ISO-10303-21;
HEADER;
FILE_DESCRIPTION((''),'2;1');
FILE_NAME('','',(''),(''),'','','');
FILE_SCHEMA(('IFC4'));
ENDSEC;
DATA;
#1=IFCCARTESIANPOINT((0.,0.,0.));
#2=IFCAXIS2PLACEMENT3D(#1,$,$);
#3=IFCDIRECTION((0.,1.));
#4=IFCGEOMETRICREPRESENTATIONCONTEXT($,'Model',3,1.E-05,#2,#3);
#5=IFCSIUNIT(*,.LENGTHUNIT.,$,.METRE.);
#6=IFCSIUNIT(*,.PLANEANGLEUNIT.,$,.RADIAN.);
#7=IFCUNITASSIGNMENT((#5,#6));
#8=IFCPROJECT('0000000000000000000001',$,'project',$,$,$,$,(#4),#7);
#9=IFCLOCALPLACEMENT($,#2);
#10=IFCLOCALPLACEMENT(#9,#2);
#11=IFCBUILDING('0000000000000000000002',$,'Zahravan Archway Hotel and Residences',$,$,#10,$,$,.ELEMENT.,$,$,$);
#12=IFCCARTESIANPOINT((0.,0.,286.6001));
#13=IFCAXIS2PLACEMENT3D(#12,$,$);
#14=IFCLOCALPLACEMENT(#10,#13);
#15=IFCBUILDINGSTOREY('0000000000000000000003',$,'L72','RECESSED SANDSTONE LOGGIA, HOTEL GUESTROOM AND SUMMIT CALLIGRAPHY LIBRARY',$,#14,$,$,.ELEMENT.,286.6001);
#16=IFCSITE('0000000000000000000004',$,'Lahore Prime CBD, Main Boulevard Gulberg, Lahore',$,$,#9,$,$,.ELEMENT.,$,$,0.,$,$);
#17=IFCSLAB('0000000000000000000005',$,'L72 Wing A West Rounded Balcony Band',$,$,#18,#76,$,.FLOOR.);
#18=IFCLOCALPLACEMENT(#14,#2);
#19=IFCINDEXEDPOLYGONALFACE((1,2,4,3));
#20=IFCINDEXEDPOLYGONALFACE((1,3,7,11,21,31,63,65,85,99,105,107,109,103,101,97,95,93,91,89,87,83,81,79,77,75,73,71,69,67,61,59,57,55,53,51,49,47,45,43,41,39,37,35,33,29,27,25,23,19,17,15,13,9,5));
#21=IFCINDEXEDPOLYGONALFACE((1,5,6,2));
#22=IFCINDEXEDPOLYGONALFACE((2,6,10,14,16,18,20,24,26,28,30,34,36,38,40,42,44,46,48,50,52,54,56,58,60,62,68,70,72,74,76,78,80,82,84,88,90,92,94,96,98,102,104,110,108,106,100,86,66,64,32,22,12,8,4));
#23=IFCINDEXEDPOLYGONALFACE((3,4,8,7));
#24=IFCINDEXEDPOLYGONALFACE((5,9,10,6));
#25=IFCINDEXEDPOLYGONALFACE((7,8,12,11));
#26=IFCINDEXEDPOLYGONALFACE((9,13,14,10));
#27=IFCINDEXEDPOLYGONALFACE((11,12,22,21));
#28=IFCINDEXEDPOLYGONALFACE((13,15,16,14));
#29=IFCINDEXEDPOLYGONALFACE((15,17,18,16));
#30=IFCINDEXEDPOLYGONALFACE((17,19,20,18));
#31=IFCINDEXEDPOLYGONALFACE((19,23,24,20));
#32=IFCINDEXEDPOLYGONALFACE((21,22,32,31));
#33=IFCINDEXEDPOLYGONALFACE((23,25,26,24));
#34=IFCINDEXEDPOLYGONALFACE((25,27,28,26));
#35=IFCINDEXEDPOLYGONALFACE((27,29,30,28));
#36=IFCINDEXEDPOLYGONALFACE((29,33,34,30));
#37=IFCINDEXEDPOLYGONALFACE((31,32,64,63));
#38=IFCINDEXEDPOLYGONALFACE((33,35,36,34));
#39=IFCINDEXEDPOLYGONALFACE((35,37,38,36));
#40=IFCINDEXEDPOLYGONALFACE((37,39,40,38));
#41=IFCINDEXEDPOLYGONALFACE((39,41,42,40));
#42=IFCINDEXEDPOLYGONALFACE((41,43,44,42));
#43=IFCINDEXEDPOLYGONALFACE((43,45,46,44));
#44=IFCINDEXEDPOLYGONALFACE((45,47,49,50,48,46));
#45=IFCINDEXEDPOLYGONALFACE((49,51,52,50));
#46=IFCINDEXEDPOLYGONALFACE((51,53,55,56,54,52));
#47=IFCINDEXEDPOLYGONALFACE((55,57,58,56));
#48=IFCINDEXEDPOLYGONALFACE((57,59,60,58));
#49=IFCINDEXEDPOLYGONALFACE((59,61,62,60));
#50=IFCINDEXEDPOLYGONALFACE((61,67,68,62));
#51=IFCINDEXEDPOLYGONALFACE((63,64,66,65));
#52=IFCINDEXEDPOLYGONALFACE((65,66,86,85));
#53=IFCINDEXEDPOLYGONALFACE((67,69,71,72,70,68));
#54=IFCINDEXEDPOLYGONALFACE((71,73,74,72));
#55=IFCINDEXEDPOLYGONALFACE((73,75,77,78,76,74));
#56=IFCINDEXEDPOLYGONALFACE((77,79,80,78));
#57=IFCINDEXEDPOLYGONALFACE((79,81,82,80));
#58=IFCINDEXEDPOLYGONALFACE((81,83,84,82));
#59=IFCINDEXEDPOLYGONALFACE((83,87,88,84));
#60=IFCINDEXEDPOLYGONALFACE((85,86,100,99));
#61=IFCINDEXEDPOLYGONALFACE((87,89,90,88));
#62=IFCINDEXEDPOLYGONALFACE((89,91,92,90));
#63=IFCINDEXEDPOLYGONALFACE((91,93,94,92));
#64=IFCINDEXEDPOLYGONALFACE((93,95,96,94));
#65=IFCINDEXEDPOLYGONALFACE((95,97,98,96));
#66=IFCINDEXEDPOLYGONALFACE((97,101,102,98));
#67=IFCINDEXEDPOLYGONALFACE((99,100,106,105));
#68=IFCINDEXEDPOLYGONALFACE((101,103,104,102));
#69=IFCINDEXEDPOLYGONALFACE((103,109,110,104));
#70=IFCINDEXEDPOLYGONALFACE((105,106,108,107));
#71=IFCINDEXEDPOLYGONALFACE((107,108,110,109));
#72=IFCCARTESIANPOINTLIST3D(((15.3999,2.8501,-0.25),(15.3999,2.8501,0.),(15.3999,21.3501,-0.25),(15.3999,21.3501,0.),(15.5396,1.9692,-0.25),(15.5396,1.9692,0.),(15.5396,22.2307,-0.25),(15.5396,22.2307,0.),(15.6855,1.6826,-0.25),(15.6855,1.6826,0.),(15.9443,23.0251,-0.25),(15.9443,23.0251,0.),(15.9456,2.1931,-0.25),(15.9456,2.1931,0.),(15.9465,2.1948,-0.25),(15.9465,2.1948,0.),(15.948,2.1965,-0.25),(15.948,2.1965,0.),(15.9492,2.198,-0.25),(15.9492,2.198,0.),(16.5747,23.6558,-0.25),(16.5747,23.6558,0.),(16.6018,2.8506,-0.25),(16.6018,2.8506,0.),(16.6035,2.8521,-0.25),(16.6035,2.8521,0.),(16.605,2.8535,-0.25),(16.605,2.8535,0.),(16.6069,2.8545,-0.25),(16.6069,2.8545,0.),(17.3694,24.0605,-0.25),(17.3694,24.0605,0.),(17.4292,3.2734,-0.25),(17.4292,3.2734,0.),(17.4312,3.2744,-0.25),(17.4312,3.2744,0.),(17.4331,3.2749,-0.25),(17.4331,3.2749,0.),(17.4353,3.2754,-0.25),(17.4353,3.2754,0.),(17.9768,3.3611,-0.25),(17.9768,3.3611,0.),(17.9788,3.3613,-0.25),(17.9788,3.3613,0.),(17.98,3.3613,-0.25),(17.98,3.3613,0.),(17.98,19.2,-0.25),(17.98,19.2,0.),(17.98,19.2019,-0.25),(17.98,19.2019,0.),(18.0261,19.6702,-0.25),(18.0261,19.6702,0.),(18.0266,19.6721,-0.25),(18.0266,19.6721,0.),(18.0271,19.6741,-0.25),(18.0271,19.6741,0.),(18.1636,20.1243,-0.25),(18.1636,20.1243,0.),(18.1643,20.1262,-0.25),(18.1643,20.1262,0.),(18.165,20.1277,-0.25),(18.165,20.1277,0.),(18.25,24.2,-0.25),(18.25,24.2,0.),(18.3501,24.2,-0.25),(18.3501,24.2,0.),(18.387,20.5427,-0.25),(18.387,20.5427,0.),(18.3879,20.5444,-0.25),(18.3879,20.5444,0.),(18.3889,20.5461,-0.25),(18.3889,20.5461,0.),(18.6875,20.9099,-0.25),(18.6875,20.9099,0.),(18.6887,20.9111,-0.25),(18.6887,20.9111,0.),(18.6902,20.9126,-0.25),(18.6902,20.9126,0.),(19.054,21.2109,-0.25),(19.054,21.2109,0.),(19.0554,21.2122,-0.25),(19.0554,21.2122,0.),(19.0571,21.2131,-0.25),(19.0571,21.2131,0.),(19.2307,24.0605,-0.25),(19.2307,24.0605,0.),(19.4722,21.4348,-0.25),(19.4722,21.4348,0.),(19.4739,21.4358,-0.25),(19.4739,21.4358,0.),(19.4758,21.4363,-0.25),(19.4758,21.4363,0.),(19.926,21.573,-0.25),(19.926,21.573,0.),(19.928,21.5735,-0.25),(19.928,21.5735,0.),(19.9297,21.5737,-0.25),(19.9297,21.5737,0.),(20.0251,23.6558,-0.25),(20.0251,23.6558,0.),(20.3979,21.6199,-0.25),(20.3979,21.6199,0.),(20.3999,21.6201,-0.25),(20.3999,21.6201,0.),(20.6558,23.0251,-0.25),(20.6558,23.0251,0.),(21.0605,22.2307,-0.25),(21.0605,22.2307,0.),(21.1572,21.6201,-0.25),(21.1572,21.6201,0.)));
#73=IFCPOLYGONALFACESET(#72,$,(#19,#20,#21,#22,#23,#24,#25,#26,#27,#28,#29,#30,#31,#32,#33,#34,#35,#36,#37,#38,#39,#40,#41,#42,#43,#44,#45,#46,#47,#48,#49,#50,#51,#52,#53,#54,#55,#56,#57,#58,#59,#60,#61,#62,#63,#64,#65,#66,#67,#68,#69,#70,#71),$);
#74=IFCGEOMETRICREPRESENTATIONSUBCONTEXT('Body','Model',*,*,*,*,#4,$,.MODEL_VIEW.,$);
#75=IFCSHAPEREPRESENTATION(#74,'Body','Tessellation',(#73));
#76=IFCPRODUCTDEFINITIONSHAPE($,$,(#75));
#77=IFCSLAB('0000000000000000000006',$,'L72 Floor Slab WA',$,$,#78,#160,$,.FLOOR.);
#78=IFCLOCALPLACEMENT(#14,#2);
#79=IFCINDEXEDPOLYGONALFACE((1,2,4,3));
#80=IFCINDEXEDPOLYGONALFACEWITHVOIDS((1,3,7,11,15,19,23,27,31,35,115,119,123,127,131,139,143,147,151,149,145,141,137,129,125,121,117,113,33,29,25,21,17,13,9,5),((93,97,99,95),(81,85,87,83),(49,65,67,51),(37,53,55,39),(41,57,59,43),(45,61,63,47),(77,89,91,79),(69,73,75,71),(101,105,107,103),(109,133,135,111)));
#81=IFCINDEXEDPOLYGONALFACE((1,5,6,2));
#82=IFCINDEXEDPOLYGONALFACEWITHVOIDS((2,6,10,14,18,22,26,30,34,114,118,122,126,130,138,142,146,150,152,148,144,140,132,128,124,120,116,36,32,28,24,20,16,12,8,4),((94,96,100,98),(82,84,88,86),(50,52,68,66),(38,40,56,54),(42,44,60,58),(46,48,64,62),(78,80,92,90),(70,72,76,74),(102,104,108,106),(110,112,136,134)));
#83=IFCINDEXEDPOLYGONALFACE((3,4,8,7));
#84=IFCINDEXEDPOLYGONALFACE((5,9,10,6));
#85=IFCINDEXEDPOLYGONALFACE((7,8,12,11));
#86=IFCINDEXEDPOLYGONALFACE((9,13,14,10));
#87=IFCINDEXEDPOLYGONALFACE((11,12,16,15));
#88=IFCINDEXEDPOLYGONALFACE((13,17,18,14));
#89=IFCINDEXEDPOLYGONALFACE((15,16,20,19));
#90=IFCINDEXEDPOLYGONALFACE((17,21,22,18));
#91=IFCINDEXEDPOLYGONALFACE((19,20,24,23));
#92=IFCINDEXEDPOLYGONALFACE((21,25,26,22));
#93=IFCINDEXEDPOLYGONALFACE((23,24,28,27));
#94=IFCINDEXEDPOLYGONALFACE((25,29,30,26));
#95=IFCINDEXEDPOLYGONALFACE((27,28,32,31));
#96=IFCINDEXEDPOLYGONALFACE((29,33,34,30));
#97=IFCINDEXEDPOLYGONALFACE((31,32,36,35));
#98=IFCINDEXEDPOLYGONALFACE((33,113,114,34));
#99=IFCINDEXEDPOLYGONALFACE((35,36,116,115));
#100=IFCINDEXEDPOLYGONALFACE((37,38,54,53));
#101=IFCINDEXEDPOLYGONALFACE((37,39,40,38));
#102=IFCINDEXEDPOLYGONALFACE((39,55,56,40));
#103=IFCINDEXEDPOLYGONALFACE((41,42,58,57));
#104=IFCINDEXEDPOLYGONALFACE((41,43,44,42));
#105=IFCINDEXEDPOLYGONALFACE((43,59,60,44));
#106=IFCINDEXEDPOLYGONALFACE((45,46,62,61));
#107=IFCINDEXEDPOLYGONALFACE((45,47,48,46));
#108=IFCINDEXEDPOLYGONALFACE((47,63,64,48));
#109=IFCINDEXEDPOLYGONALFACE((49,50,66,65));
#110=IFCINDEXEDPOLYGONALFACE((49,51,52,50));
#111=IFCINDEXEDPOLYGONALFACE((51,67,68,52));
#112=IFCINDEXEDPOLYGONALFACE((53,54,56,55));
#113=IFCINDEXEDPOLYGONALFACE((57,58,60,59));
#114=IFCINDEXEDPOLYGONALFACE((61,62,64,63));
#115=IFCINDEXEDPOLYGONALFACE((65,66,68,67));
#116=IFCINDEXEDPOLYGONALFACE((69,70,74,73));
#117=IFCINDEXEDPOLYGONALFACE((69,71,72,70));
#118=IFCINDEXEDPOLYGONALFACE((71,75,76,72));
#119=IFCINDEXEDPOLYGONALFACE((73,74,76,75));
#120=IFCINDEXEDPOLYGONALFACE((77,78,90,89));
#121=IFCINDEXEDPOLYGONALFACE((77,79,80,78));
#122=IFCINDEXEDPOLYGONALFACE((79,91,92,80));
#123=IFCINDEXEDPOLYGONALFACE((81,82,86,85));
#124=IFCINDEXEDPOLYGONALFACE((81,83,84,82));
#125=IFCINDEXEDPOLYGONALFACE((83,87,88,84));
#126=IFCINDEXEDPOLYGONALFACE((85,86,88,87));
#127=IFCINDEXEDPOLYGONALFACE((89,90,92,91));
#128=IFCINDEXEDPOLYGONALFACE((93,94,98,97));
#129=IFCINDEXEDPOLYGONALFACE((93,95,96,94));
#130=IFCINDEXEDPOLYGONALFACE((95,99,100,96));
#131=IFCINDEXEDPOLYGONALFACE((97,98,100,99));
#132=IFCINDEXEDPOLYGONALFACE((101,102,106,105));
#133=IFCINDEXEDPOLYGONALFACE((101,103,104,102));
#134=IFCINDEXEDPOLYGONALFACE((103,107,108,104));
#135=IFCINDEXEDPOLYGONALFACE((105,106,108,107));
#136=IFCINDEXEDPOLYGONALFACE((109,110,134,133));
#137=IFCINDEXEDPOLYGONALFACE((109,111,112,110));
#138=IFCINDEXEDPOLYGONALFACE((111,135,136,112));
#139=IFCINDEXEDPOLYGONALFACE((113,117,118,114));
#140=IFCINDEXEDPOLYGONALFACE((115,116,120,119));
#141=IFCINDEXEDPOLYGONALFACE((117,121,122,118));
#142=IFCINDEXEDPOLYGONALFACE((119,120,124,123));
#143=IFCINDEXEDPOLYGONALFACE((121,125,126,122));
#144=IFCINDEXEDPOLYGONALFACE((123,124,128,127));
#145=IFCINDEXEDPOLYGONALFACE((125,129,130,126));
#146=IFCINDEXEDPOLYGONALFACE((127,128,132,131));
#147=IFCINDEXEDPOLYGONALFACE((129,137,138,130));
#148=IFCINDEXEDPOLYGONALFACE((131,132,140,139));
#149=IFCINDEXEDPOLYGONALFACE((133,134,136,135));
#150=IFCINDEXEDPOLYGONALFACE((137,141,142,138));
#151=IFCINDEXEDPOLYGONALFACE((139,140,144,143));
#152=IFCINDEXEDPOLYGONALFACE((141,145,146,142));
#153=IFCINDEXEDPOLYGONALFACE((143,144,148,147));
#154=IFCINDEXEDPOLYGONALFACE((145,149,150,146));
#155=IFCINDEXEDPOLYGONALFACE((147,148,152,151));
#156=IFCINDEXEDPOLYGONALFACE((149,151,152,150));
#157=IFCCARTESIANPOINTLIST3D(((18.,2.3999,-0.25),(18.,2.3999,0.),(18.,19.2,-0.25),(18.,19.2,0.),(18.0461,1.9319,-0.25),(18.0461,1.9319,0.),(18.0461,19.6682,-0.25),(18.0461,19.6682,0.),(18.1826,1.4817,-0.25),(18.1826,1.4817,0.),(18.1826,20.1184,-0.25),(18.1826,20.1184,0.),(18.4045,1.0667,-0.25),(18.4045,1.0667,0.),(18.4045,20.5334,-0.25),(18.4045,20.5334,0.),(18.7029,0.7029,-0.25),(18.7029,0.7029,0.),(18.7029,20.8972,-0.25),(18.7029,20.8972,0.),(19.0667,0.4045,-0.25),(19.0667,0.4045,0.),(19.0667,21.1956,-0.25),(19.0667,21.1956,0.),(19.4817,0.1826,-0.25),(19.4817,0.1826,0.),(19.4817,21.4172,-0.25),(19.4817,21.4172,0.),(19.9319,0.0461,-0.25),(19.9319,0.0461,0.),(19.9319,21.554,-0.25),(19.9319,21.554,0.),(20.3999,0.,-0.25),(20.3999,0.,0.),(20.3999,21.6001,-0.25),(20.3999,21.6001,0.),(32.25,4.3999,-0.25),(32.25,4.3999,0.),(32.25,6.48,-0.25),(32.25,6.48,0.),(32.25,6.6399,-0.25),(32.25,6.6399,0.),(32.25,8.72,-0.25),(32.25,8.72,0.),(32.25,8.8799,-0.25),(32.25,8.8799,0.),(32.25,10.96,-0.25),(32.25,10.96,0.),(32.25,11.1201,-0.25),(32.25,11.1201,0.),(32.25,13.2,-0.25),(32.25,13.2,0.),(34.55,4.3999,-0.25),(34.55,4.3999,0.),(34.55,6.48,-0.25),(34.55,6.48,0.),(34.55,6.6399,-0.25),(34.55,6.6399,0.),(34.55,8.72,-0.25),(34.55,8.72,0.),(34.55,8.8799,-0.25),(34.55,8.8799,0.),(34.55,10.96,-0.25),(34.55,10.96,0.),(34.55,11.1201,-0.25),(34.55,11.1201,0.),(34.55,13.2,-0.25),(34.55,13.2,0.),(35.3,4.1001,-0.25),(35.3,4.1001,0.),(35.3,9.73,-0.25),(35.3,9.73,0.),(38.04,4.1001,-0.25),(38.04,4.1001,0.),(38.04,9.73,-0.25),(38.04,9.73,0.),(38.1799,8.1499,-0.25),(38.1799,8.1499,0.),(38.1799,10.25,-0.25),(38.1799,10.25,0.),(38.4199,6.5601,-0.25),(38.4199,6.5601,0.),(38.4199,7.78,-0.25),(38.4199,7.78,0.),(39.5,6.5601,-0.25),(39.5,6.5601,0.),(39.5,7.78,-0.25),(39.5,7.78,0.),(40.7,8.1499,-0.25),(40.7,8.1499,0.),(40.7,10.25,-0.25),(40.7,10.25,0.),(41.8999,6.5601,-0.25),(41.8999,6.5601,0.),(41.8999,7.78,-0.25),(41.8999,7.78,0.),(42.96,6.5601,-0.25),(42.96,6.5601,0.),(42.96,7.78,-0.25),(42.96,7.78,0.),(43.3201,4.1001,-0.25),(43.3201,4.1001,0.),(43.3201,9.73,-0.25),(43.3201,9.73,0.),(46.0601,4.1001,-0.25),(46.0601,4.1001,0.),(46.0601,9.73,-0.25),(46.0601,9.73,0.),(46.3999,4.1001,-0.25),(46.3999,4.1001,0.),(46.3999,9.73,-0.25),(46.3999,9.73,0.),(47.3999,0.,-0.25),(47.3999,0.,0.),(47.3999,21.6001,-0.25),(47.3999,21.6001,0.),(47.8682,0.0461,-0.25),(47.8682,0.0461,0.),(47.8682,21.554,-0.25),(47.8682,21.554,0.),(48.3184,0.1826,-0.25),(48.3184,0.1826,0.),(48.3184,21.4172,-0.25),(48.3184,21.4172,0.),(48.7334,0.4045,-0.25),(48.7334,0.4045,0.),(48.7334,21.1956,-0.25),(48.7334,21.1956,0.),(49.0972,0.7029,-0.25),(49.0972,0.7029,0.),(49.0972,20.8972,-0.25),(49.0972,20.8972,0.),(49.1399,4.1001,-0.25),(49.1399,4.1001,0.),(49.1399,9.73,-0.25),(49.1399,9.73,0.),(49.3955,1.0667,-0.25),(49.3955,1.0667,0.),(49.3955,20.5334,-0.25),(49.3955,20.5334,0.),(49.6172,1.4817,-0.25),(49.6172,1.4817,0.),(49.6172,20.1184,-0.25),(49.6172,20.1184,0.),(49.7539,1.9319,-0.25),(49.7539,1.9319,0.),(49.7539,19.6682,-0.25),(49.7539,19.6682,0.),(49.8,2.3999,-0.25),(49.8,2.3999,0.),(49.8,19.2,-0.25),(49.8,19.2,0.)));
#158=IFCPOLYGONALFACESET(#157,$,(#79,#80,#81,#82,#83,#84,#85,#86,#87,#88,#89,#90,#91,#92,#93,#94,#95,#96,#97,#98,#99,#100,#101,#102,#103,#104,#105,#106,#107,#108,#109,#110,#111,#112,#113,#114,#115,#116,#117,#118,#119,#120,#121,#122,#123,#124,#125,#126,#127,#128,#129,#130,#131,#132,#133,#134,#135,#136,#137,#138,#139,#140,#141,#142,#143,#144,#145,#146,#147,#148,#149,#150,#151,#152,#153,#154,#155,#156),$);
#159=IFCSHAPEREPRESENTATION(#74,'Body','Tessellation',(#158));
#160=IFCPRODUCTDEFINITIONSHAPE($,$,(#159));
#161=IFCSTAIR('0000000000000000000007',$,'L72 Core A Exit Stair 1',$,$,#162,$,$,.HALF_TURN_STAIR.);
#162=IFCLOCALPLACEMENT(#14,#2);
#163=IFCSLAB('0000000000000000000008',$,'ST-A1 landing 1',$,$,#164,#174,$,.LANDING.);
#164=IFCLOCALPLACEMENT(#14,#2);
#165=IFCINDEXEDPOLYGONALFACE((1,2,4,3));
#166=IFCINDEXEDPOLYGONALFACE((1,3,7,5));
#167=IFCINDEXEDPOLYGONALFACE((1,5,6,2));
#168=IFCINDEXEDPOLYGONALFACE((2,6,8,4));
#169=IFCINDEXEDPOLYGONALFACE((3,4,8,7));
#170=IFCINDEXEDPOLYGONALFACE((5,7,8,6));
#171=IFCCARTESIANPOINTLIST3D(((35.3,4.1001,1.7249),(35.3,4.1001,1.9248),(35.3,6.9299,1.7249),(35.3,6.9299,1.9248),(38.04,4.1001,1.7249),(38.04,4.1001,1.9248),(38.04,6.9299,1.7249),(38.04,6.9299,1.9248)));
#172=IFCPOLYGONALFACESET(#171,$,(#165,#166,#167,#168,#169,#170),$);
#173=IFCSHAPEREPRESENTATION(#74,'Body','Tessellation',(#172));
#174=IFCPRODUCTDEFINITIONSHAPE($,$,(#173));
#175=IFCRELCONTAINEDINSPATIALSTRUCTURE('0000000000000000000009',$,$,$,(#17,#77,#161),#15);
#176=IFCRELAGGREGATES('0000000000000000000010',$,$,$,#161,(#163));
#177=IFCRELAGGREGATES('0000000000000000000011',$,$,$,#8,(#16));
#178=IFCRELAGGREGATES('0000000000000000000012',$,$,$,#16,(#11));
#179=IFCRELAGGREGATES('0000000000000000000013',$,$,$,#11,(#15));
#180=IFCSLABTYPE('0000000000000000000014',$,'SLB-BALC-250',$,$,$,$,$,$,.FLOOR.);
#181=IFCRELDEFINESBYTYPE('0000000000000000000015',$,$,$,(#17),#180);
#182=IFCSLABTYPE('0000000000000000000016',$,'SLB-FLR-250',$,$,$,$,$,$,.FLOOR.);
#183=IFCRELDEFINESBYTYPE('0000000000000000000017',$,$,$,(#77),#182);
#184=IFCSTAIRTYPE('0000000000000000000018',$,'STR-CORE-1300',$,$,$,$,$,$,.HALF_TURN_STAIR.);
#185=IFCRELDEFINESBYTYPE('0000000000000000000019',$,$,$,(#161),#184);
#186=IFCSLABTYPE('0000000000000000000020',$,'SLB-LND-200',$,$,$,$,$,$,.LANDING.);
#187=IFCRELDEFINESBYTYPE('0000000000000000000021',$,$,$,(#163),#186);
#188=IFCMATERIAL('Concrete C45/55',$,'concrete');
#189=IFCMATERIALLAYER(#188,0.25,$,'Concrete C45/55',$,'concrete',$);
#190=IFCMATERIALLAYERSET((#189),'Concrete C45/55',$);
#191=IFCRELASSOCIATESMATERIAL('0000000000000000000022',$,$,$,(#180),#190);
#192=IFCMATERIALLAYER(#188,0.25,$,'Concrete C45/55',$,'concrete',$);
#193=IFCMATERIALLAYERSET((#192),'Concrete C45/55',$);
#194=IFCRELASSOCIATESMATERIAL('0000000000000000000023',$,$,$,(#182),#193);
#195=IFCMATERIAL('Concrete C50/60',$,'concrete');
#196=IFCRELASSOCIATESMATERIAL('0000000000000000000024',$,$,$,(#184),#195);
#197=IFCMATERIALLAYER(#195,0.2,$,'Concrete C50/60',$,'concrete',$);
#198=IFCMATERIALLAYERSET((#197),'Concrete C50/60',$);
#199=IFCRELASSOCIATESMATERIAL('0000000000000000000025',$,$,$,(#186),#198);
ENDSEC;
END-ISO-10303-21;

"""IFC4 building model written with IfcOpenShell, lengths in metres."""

from ifc_helpers import new_model, si_unit, direction, frame, origin, place, context, subcontext, project, spatial, polyline, outline, extrude, material, layer, layer_set, type_object, element, aggregate, save


model = new_model("IFC4")

# Units and contexts
model_context = context("Model", 3, precision=1e-05, world=origin(), true_north=direction((0.0, 1.0)))
body_context = subcontext(model_context, "Body", "Model", "MODEL_VIEW")
ifc_project = project(units=[si_unit("LENGTHUNIT", "METRE"), si_unit("PLANEANGLEUNIT", "RADIAN")], contexts=[model_context])

# Site, building, storey
site_placement = place(None, origin())
site = spatial("IfcSite", under=ifc_project, at=site_placement, Name="Lahore Prime CBD, Main Boulevard Gulberg, Lahore", CompositionType="ELEMENT", RefElevation=0.0)
building_placement = place(site_placement, origin())
building = spatial("IfcBuilding", under=site, at=building_placement, Name="Zahravan Archway Hotel and Residences", CompositionType="ELEMENT")
storey_placement = place(building_placement, frame((0.0, 0.0, 286.6001)))
storey = spatial("IfcBuildingStorey", under=building, at=storey_placement, Name="L72", Description="RECESSED SANDSTONE LOGGIA, HOTEL GUESTROOM AND SUMMIT CALLIGRAPHY LIBRARY", CompositionType="ELEMENT", Elevation=286.6001)

# Slabs
ifc_material_1 = material(Name="Concrete C45/55", Category="concrete")
ifc_layer_1 = layer(ifc_material_1, 0.25, Name="Concrete C45/55", Category="concrete")
ifc_layer_set_1 = layer_set([ifc_layer_1], Name="Concrete C45/55")
slab_type_1 = type_object("IfcSlabType", Name="SLB-BALC-250", PredefinedType="FLOOR", material=ifc_layer_set_1)
slab_1_placement = place(storey_placement, frame((0.0, 0.0, -0.25)))
element("IfcSlab", 1, at=slab_1_placement, inside=storey, type_object=slab_type_1, Name="L72 Wing A West Rounded Balcony Band", PredefinedType="FLOOR", context=body_context, shape_type="SweptSolid", body=[
    extrude(outline(polyline([(15.5396, 1.9692), (15.3999, 2.8501), (15.3999, 21.3501), (15.5396, 22.2307), (15.9443, 23.0251), (16.5747, 23.6558), (17.3694, 24.0605), (18.25, 24.2), (18.3501, 24.2), (19.2307, 24.0605), (20.0251, 23.6558), (20.6558, 23.0251), (21.0605, 22.2307), (21.1572, 21.6201), (20.3999, 21.6201), (20.3979, 21.6199), (19.9297, 21.5737), (19.928, 21.5735), (19.926, 21.573), (19.4758, 21.4363), (19.4739, 21.4358), (19.4722, 21.4348), (19.0571, 21.2131), (19.0554, 21.2122), (19.054, 21.2109), (18.6902, 20.9126), (18.6887, 20.9111), (18.6875, 20.9099), (18.3889, 20.5461), (18.3879, 20.5444), (18.387, 20.5427), (18.165, 20.1277), (18.1643, 20.1262), (18.1636, 20.1243), (18.0271, 19.6741), (18.0266, 19.6721), (18.0261, 19.6702), (17.98, 19.2019), (17.98, 19.2), (17.98, 3.3613), (17.9788, 3.3613), (17.9768, 3.3611), (17.4353, 3.2754), (17.4331, 3.2749), (17.4312, 3.2744), (17.4292, 3.2734), (16.6069, 2.8545), (16.605, 2.8535), (16.6035, 2.8521), (16.6018, 2.8506), (15.9492, 2.198), (15.948, 2.1965), (15.9465, 2.1948), (15.9456, 2.1931), (15.6855, 1.6826), (15.5396, 1.9692)])), origin(), (0.0, 0.0, 1.0), 0.25),
])
ifc_layer_2 = layer(ifc_material_1, 0.25, Name="Concrete C45/55", Category="concrete")
ifc_layer_set_2 = layer_set([ifc_layer_2], Name="Concrete C45/55")
slab_type_2 = type_object("IfcSlabType", Name="SLB-FLR-250", PredefinedType="FLOOR", material=ifc_layer_set_2)
slab_2_placement = place(storey_placement, frame((0.0, 0.0, -0.25)))
element("IfcSlab", 2, at=slab_2_placement, inside=storey, type_object=slab_type_2, Name="L72 Floor Slab WA", PredefinedType="FLOOR", context=body_context, shape_type="SweptSolid", body=[
    extrude(outline(polyline([(47.3999, 0.0), (47.8682, 0.0461), (48.3184, 0.1826), (48.7334, 0.4045), (49.0972, 0.7029), (49.3955, 1.0667), (49.6172, 1.4817), (49.7539, 1.9319), (49.8, 2.3999), (49.8, 19.2), (49.7539, 19.6682), (49.6172, 20.1184), (49.3955, 20.5334), (49.0972, 20.8972), (48.7334, 21.1956), (48.3184, 21.4172), (47.8682, 21.554), (47.3999, 21.6001), (20.3999, 21.6001), (19.9319, 21.554), (19.4817, 21.4172), (19.0667, 21.1956), (18.7029, 20.8972), (18.4045, 20.5334), (18.1826, 20.1184), (18.0461, 19.6682), (18.0, 19.2), (18.0, 2.3999), (18.0461, 1.9319), (18.1826, 1.4817), (18.4045, 1.0667), (18.7029, 0.7029), (19.0667, 0.4045), (19.4817, 0.1826), (19.9319, 0.0461), (20.3999, 0.0), (47.3999, 0.0)]), holes=[polyline([(35.3, 9.73), (35.3, 4.1001), (38.04, 4.1001), (38.04, 9.73), (35.3, 9.73)]), polyline([(43.3201, 9.73), (43.3201, 4.1001), (46.0601, 4.1001), (46.0601, 9.73), (43.3201, 9.73)]), polyline([(46.3999, 9.73), (46.3999, 4.1001), (49.1399, 4.1001), (49.1399, 9.73), (46.3999, 9.73)]), polyline([(38.1799, 8.1499), (40.7, 8.1499), (40.7, 10.25), (38.1799, 10.25), (38.1799, 8.1499)]), polyline([(32.25, 4.3999), (34.55, 4.3999), (34.55, 6.48), (32.25, 6.48), (32.25, 4.3999)]), polyline([(32.25, 6.6399), (34.55, 6.6399), (34.55, 8.72), (32.25, 8.72), (32.25, 6.6399)]), polyline([(32.25, 8.8799), (34.55, 8.8799), (34.55, 10.96), (32.25, 10.96), (32.25, 8.8799)]), polyline([(32.25, 11.1201), (34.55, 11.1201), (34.55, 13.2), (32.25, 13.2), (32.25, 11.1201)]), polyline([(38.4199, 6.5601), (39.5, 6.5601), (39.5, 7.78), (38.4199, 7.78), (38.4199, 6.5601)]), polyline([(41.8999, 6.5601), (42.96, 6.5601), (42.96, 7.78), (41.8999, 7.78), (41.8999, 6.5601)])]), origin(), (0.0, 0.0, 1.0), 0.25),
])

# Stair, slab
ifc_material_2 = material(Name="Concrete C50/60", Category="concrete")
stair_type = type_object("IfcStairType", Name="STR-CORE-1300", PredefinedType="HALF_TURN_STAIR", material=ifc_material_2)
stair_1_placement = place(storey_placement, origin())
stair_1 = element("IfcStair", 3, at=stair_1_placement, inside=storey, type_object=stair_type, Name="L72 Core A Exit Stair 1", PredefinedType="HALF_TURN_STAIR")
ifc_layer_3 = layer(ifc_material_2, 0.2, Name="Concrete C50/60", Category="concrete")
ifc_layer_set_3 = layer_set([ifc_layer_3], Name="Concrete C50/60")
slab_type_3 = type_object("IfcSlabType", Name="SLB-LND-200", PredefinedType="LANDING", material=ifc_layer_set_3)
slab_3_placement = place(storey_placement, frame((0.0, 0.0, 1.7249)))
slab_3 = element("IfcSlab", 4, at=slab_3_placement, type_object=slab_type_3, Name="ST-A1 landing 1", PredefinedType="LANDING", context=body_context, shape_type="SweptSolid", body=[
    extrude(outline(polyline([(35.3, 6.9299), (35.3, 4.1001), (38.04, 4.1001), (38.04, 6.9299), (35.3, 6.9299)])), origin(), (0.0, 0.0, 1.0), 0.2),
])
aggregate(stair_1, [slab_3])

save(model, "model.ifc")
